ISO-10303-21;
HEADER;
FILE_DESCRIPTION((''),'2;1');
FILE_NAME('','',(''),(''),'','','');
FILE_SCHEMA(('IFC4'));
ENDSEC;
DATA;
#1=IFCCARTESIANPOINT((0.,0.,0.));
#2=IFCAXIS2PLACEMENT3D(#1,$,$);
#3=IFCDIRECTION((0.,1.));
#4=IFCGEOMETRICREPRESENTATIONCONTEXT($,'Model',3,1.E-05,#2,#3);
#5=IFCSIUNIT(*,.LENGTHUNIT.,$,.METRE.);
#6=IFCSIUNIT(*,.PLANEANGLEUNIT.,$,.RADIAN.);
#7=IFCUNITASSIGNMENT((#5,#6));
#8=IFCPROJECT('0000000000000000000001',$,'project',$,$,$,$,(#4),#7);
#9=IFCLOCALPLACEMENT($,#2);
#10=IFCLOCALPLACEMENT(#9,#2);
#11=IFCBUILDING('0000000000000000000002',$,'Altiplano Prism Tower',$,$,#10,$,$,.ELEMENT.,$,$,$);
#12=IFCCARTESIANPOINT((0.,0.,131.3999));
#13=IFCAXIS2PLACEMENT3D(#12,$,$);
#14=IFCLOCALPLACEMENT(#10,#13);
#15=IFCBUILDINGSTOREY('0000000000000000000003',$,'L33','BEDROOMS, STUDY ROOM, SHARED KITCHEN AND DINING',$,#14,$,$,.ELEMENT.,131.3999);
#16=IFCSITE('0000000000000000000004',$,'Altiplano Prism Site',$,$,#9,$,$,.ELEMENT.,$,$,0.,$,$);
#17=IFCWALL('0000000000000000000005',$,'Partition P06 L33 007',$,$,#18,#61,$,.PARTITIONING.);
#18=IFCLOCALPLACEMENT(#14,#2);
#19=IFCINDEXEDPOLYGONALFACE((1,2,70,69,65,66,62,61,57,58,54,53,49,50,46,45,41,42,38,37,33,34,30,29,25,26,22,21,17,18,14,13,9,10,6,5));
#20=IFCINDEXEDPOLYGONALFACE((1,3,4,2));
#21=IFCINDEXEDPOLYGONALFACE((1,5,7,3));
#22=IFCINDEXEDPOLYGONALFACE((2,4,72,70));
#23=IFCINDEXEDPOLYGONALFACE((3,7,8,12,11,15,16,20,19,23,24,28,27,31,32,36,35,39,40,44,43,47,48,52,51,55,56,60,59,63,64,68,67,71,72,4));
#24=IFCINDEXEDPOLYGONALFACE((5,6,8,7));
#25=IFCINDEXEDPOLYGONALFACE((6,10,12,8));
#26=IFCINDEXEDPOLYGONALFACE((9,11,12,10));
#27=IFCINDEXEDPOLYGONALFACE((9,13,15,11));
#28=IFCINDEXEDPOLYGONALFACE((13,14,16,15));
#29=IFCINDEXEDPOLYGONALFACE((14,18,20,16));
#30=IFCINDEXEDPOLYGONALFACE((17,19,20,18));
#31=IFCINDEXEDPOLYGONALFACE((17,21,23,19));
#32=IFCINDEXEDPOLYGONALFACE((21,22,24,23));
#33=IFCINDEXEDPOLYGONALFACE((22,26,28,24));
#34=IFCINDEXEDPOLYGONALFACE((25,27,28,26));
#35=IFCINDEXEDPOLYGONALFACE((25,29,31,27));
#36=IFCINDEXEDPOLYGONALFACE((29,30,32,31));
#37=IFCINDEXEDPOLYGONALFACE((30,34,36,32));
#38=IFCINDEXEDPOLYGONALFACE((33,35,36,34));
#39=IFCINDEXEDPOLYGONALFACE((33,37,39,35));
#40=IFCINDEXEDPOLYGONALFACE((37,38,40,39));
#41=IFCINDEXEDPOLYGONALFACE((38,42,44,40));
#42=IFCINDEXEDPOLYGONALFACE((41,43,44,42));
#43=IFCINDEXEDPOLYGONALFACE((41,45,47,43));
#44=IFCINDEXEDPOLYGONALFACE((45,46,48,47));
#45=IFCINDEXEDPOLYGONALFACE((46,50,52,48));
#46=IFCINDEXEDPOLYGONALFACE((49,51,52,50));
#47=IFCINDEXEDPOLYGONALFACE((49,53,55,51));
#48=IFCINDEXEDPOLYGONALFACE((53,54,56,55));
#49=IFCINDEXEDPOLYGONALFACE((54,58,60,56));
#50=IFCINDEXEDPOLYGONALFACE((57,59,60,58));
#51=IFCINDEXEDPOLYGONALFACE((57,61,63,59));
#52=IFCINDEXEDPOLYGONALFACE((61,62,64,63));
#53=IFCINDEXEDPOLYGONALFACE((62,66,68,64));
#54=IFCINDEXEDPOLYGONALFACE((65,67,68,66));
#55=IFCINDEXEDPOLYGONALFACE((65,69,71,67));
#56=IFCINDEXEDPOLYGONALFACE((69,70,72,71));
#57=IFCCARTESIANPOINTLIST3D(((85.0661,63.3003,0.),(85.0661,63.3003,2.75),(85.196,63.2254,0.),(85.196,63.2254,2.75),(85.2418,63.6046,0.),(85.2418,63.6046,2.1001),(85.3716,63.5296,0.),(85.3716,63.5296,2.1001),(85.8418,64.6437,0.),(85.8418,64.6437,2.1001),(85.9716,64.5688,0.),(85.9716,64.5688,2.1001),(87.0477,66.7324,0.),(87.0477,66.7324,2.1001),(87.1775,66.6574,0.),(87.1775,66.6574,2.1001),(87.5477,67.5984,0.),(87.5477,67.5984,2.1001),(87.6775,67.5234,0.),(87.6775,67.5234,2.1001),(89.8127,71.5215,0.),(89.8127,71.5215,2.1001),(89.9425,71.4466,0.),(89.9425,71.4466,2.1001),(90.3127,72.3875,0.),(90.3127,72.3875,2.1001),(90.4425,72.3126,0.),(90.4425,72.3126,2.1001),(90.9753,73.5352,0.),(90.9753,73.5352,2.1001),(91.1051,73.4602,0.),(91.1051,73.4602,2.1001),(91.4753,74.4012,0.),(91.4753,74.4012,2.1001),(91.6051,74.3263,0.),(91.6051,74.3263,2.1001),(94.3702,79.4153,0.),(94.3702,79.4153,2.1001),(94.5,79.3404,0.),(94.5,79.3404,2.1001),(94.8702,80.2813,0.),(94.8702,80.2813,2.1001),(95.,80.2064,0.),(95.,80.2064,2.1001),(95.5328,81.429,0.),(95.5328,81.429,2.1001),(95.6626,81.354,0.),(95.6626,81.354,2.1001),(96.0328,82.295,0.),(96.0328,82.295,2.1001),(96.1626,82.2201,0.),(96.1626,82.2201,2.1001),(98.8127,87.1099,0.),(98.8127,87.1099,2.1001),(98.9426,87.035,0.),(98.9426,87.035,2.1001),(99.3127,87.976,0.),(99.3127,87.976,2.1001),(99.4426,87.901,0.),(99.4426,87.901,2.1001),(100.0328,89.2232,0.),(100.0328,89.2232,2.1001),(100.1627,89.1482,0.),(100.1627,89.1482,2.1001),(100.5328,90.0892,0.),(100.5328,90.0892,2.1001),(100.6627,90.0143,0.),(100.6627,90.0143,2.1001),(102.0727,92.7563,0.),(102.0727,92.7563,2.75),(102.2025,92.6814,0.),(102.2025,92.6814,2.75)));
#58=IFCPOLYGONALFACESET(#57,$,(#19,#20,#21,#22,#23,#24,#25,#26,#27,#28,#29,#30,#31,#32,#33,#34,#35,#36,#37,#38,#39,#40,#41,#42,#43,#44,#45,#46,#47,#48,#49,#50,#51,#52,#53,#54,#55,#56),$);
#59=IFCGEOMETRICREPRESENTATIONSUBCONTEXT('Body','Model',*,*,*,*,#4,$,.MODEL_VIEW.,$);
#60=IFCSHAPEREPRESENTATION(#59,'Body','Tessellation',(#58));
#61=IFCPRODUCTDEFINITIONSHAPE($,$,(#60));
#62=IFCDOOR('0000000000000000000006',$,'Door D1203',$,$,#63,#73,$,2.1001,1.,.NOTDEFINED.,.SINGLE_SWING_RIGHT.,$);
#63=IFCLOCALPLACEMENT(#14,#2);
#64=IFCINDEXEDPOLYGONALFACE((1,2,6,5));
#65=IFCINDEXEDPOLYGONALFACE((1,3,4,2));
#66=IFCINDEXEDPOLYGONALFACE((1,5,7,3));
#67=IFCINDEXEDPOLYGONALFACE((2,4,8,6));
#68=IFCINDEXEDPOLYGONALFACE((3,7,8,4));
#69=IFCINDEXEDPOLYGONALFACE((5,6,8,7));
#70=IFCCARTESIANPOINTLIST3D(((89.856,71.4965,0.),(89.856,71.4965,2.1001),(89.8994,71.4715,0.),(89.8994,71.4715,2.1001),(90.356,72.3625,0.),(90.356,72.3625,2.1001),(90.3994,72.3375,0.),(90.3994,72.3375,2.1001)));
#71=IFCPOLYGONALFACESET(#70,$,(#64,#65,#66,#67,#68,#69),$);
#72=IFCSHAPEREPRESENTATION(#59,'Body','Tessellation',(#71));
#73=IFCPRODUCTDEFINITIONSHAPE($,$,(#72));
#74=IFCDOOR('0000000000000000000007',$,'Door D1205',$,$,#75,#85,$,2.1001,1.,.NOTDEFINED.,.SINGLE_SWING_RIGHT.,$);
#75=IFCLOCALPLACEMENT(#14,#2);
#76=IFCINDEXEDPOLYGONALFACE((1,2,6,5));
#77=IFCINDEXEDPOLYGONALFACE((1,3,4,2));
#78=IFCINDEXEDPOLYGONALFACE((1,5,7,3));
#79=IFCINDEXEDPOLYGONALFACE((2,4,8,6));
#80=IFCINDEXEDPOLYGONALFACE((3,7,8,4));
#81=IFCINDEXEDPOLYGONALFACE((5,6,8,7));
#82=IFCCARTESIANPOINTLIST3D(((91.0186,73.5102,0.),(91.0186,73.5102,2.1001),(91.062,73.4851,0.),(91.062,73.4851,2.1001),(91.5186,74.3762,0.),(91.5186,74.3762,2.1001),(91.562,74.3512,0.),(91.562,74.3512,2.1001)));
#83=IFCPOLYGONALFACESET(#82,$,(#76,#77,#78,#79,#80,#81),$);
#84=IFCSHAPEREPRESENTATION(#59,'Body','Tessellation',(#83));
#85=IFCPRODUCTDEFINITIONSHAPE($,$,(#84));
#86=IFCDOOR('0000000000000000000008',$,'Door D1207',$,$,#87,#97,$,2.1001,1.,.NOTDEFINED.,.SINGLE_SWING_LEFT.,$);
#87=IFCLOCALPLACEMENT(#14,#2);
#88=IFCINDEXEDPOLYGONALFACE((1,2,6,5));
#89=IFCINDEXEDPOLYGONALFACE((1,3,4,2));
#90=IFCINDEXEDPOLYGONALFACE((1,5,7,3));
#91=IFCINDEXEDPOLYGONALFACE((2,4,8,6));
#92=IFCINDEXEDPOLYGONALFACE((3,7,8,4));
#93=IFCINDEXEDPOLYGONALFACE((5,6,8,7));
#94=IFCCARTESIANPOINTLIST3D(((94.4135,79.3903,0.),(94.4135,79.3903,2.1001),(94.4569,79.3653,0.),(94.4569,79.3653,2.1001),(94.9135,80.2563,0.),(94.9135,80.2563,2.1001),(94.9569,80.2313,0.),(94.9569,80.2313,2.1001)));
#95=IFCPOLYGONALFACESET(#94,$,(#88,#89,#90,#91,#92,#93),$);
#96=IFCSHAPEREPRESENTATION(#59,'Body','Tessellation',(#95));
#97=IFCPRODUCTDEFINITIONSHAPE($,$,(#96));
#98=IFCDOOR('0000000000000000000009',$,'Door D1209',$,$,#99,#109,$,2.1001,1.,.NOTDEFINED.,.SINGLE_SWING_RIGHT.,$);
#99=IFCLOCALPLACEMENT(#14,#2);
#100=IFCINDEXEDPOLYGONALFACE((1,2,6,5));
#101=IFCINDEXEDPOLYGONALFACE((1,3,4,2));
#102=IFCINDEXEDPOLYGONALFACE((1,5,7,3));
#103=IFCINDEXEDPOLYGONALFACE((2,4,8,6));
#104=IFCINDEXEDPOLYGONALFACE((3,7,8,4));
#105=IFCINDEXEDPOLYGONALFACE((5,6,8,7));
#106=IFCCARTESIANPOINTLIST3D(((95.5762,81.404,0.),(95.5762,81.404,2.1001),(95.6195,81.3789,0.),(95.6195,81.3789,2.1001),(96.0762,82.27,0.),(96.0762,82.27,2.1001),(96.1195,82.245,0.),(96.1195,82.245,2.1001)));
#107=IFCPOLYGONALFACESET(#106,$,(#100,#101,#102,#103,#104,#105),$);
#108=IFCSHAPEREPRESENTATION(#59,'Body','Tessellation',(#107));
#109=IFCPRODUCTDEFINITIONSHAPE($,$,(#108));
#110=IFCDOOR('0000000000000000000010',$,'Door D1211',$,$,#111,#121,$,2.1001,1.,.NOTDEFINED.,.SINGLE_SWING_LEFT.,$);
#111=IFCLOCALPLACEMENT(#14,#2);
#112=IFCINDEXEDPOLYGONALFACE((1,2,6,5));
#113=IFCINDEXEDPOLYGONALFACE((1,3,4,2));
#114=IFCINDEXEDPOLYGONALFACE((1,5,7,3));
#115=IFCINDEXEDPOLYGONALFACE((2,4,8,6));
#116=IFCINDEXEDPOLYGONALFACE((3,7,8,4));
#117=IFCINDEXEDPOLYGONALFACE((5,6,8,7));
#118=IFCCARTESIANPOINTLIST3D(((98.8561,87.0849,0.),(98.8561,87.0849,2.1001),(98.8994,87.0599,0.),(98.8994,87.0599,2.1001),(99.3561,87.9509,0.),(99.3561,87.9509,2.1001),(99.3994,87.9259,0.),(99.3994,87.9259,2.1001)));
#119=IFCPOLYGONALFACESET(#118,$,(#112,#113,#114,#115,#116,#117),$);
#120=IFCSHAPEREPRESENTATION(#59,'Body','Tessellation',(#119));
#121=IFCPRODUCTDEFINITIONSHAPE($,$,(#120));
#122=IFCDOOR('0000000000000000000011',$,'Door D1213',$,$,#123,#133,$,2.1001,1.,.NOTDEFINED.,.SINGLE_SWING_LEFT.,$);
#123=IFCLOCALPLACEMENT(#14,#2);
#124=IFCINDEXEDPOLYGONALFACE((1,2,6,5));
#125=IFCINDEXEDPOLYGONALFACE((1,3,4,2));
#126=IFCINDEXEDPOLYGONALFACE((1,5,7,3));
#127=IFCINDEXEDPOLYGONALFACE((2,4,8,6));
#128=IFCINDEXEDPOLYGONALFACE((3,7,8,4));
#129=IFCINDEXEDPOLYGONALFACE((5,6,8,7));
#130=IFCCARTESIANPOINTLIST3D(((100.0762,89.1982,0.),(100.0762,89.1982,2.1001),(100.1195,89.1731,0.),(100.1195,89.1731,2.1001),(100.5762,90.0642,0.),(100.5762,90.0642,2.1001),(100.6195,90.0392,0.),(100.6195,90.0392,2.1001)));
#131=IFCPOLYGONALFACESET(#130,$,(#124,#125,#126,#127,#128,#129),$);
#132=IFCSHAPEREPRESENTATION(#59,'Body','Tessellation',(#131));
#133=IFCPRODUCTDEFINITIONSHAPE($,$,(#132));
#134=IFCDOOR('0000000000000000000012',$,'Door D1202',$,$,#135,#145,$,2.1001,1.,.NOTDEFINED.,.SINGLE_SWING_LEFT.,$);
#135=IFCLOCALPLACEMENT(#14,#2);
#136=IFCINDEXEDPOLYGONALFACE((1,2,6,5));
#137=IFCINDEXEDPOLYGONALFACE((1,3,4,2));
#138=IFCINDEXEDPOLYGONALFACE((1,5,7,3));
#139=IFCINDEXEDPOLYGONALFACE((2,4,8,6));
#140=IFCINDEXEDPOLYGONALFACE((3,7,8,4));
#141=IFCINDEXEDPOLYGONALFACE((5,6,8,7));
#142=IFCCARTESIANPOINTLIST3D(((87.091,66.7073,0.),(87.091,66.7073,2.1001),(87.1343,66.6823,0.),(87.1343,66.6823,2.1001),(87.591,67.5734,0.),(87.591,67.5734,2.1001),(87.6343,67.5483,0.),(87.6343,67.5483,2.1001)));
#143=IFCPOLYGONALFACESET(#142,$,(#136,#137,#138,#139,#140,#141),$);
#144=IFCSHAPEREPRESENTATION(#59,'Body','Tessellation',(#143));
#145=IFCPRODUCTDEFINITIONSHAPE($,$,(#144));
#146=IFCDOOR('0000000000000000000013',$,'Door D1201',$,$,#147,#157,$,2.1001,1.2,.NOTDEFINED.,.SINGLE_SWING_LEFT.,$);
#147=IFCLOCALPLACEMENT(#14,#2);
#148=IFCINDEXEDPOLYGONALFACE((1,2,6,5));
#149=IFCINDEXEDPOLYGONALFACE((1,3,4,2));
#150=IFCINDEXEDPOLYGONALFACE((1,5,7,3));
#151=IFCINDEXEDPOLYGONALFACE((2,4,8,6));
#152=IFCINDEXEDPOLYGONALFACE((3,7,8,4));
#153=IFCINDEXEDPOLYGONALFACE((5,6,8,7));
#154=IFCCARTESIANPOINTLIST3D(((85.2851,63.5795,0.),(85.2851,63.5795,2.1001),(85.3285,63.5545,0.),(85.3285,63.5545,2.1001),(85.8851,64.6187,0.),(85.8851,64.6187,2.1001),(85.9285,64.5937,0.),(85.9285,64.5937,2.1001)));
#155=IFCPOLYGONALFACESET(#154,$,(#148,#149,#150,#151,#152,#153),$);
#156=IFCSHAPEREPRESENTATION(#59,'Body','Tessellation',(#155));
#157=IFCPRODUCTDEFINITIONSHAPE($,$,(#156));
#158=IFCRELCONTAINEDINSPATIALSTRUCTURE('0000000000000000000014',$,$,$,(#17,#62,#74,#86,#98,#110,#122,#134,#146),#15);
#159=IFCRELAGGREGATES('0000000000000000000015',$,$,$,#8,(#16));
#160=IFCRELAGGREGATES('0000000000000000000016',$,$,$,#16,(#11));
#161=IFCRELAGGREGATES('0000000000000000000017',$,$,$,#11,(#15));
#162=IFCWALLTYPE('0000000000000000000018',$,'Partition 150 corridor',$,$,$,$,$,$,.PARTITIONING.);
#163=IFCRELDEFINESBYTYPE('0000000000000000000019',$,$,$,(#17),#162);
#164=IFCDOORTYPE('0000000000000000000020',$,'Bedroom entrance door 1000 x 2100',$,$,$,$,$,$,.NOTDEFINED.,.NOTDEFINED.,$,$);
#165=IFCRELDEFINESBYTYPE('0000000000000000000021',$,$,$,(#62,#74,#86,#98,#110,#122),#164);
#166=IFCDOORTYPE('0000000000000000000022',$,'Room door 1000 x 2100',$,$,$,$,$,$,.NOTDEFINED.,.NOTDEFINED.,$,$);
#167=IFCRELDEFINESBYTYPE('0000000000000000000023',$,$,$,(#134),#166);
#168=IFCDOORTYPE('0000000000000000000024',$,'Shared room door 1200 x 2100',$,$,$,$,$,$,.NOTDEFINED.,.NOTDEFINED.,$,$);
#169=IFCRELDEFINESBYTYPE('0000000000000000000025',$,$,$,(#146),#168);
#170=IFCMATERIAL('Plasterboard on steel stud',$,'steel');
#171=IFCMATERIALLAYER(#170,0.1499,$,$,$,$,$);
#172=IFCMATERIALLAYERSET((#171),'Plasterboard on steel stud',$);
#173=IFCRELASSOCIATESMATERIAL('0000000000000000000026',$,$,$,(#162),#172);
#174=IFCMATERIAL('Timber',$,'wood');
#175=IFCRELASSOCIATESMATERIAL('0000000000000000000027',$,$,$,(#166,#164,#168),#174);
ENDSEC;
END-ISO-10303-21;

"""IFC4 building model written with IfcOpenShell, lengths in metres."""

from ifc_helpers import new_model, si_unit, direction, frame, frame_2d, origin, place, context, subcontext, project, spatial, rectangle, extrude, material, layer, layer_set, type_object, element, fill, save


model = new_model("IFC4")

# Units and contexts
model_context = context("Model", 3, precision=1e-05, world=origin(), true_north=direction((0.0, 1.0)))
body_context = subcontext(model_context, "Body", "Model", "MODEL_VIEW")
ifc_project = project(units=[si_unit("LENGTHUNIT", "METRE"), si_unit("PLANEANGLEUNIT", "RADIAN")], contexts=[model_context])

# Site, building, storey
site_placement = place(None, origin())
site = spatial("IfcSite", under=ifc_project, at=site_placement, Name="Altiplano Prism Site", CompositionType="ELEMENT", RefElevation=0.0)
building_placement = place(site_placement, origin())
building = spatial("IfcBuilding", under=site, at=building_placement, Name="Altiplano Prism Tower", CompositionType="ELEMENT")
storey_placement = place(building_placement, frame((0.0, 0.0, 131.3999)))
storey = spatial("IfcBuildingStorey", under=building, at=storey_placement, Name="L33", Description="BEDROOMS, STUDY ROOM, SHARED KITCHEN AND DINING", CompositionType="ELEMENT", Elevation=131.3999)

# Shared definitions
ifc_material_1 = material(Name="Plasterboard on steel stud", Category="steel")
ifc_material_2 = material(Name="Timber", Category="wood")

# Wall, openings, doors
ifc_layer_1 = layer(ifc_material_1, 0.1499)
ifc_layer_set_1 = layer_set([ifc_layer_1], Name="Plasterboard on steel stud")
wall_type_1 = type_object("IfcWallType", Name="Partition 150 corridor", PredefinedType="PARTITIONING", material=ifc_layer_set_1)
door_type_1 = type_object("IfcDoorType", Name="Room door 1000 x 2100", OperationType="NOTDEFINED", PredefinedType="NOTDEFINED", material=ifc_material_2)
wall_1_placement = place(storey_placement, frame((85.1311, 63.2629, 0.0), z_axis=(0.0, 0.0, 1.0), x_axis=(0.500003, 0.866024, 0.0)))
wall_1 = element("IfcWall", 1, at=wall_1_placement, inside=storey, type_object=wall_type_1, Name="Partition P06 L33 007", PredefinedType="PARTITIONING", context=body_context, shape_type="SweptSolid", body=[
    extrude(rectangle(XDim=34.0129, YDim=0.1499, at=frame_2d((17.0063, 0.0))), origin(), (0.0, 0.0, 1.0), 2.75),
])
opening_1_placement = place(wall_1_placement, frame((0.3511, 0.0, 0.0)))
opening_1 = element("IfcOpeningElement", 2, at=opening_1_placement, cuts=wall_1, PredefinedType="OPENING", context=body_context, shape_type="SweptSolid", body=[
    extrude(rectangle(XDim=1.2, YDim=2.1001, at=frame_2d((0.6001, 1.05))), frame((0.0, 0.0854, 0.0), z_axis=(0.0, -1.0, 0.0), x_axis=(1.0, 0.0, 0.0)), (0.0, 0.0, 1.0), 0.1709),
])
opening_2_placement = place(wall_1_placement, frame((3.9629, 0.0, 0.0)))
opening_2 = element("IfcOpeningElement", 3, at=opening_2_placement, cuts=wall_1, PredefinedType="OPENING", context=body_context, shape_type="SweptSolid", body=[
    extrude(rectangle(XDim=1.0, YDim=2.1001, at=frame_2d((0.5, 1.05))), frame((0.0, 0.0854, 0.0), z_axis=(0.0, -1.0, 0.0), x_axis=(1.0, 0.0, 0.0)), (0.0, 0.0, 1.0), 0.1709),
])
opening_3_placement = place(wall_1_placement, frame((9.4929, 0.0, 0.0)))
opening_3 = element("IfcOpeningElement", 4, at=opening_3_placement, cuts=wall_1, PredefinedType="OPENING", context=body_context, shape_type="SweptSolid", body=[
    extrude(rectangle(XDim=1.0, YDim=2.1001, at=frame_2d((0.5, 1.05))), frame((0.0, 0.0854, 0.0), z_axis=(0.0, -1.0, 0.0), x_axis=(1.0, 0.0, 0.0)), (0.0, 0.0, 1.0), 0.1709),
])
opening_4_placement = place(wall_1_placement, frame((11.8181, 0.0, 0.0)))
opening_4 = element("IfcOpeningElement", 5, at=opening_4_placement, cuts=wall_1, PredefinedType="OPENING", context=body_context, shape_type="SweptSolid", body=[
    extrude(rectangle(XDim=1.0, YDim=2.1001, at=frame_2d((0.5, 1.05))), frame((0.0, 0.0854, 0.0), z_axis=(0.0, -1.0, 0.0), x_axis=(1.0, 0.0, 0.0)), (0.0, 0.0, 1.0), 0.1709),
])
opening_5_placement = place(wall_1_placement, frame((18.6079, 0.0, 0.0)))
opening_5 = element("IfcOpeningElement", 6, at=opening_5_placement, cuts=wall_1, PredefinedType="OPENING", context=body_context, shape_type="SweptSolid", body=[
    extrude(rectangle(XDim=1.0, YDim=2.1001, at=frame_2d((0.5, 1.05))), frame((0.0, 0.0854, 0.0), z_axis=(0.0, -1.0, 0.0), x_axis=(1.0, 0.0, 0.0)), (0.0, 0.0, 1.0), 0.1709),
])
opening_6_placement = place(wall_1_placement, frame((20.9331, 0.0, 0.0)))
opening_6 = element("IfcOpeningElement", 7, at=opening_6_placement, cuts=wall_1, PredefinedType="OPENING", context=body_context, shape_type="SweptSolid", body=[
    extrude(rectangle(XDim=1.0, YDim=2.1001, at=frame_2d((0.5, 1.05))), frame((0.0, 0.0854, 0.0), z_axis=(0.0, -1.0, 0.0), x_axis=(1.0, 0.0, 0.0)), (0.0, 0.0, 1.0), 0.1709),
])
opening_7_placement = place(wall_1_placement, frame((27.4929, 0.0, 0.0)))
opening_7 = element("IfcOpeningElement", 8, at=opening_7_placement, cuts=wall_1, PredefinedType="OPENING", context=body_context, shape_type="SweptSolid", body=[
    extrude(rectangle(XDim=1.0, YDim=2.1001, at=frame_2d((0.5, 1.05))), frame((0.0, 0.0854, 0.0), z_axis=(0.0, -1.0, 0.0), x_axis=(1.0, 0.0, 0.0)), (0.0, 0.0, 1.0), 0.1709),
])
opening_8_placement = place(wall_1_placement, frame((29.9331, 0.0, 0.0)))
opening_8 = element("IfcOpeningElement", 9, at=opening_8_placement, cuts=wall_1, PredefinedType="OPENING", context=body_context, shape_type="SweptSolid", body=[
    extrude(rectangle(XDim=1.0, YDim=2.1001, at=frame_2d((0.5, 1.05))), frame((0.0, 0.0854, 0.0), z_axis=(0.0, -1.0, 0.0), x_axis=(1.0, 0.0, 0.0)), (0.0, 0.0, 1.0), 0.1709),
])
door_type_2 = type_object("IfcDoorType", Name="Bedroom entrance door 1000 x 2100", OperationType="NOTDEFINED", PredefinedType="NOTDEFINED", material=ifc_material_2)
door_1_placement = place(opening_3_placement, origin())
door_1 = element("IfcDoor", 10, at=door_1_placement, inside=storey, type_object=door_type_2, Name="Door D1203", OperationType="SINGLE_SWING_RIGHT", OverallHeight=2.1001, OverallWidth=1.0, PredefinedType="NOTDEFINED", context=body_context, shape_type="SweptSolid", body=[
    extrude(rectangle(XDim=1.0, YDim=2.1001, at=frame_2d((0.5, 1.05))), frame((0.0, 0.0249, 0.0), z_axis=(0.0, -1.0, 0.0), x_axis=(1.0, 0.0, 0.0)), (0.0, 0.0, 1.0), 0.05),
])
fill(opening_3, door_1)
door_2_placement = place(opening_4_placement, origin())
door_2 = element("IfcDoor", 11, at=door_2_placement, inside=storey, type_object=door_type_2, Name="Door D1205", OperationType="SINGLE_SWING_RIGHT", OverallHeight=2.1001, OverallWidth=1.0, PredefinedType="NOTDEFINED", context=body_context, shape_type="SweptSolid", body=[
    extrude(rectangle(XDim=1.0, YDim=2.1001, at=frame_2d((0.5, 1.05))), frame((0.0, 0.0249, 0.0), z_axis=(0.0, -1.0, 0.0), x_axis=(1.0, 0.0, 0.0)), (0.0, 0.0, 1.0), 0.05),
])
fill(opening_4, door_2)
door_3_placement = place(opening_5_placement, origin())
door_3 = element("IfcDoor", 12, at=door_3_placement, inside=storey, type_object=door_type_2, Name="Door D1207", OperationType="SINGLE_SWING_LEFT", OverallHeight=2.1001, OverallWidth=1.0, PredefinedType="NOTDEFINED", context=body_context, shape_type="SweptSolid", body=[
    extrude(rectangle(XDim=1.0, YDim=2.1001, at=frame_2d((0.5, 1.05))), frame((0.0, 0.0249, 0.0), z_axis=(0.0, -1.0, 0.0), x_axis=(1.0, 0.0, 0.0)), (0.0, 0.0, 1.0), 0.05),
])
fill(opening_5, door_3)
door_4_placement = place(opening_6_placement, origin())
door_4 = element("IfcDoor", 13, at=door_4_placement, inside=storey, type_object=door_type_2, Name="Door D1209", OperationType="SINGLE_SWING_RIGHT", OverallHeight=2.1001, OverallWidth=1.0, PredefinedType="NOTDEFINED", context=body_context, shape_type="SweptSolid", body=[
    extrude(rectangle(XDim=1.0, YDim=2.1001, at=frame_2d((0.5, 1.05))), frame((0.0, 0.0249, 0.0), z_axis=(0.0, -1.0, 0.0), x_axis=(1.0, 0.0, 0.0)), (0.0, 0.0, 1.0), 0.05),
])
fill(opening_6, door_4)
door_5_placement = place(opening_7_placement, origin())
door_5 = element("IfcDoor", 14, at=door_5_placement, inside=storey, type_object=door_type_2, Name="Door D1211", OperationType="SINGLE_SWING_LEFT", OverallHeight=2.1001, OverallWidth=1.0, PredefinedType="NOTDEFINED", context=body_context, shape_type="SweptSolid", body=[
    extrude(rectangle(XDim=1.0, YDim=2.1001, at=frame_2d((0.5, 1.05))), frame((0.0, 0.0249, 0.0), z_axis=(0.0, -1.0, 0.0), x_axis=(1.0, 0.0, 0.0)), (0.0, 0.0, 1.0), 0.05),
])
fill(opening_7, door_5)
door_6_placement = place(opening_8_placement, origin())
door_6 = element("IfcDoor", 15, at=door_6_placement, inside=storey, type_object=door_type_2, Name="Door D1213", OperationType="SINGLE_SWING_LEFT", OverallHeight=2.1001, OverallWidth=1.0, PredefinedType="NOTDEFINED", context=body_context, shape_type="SweptSolid", body=[
    extrude(rectangle(XDim=1.0, YDim=2.1001, at=frame_2d((0.5, 1.05))), frame((0.0, 0.0249, 0.0), z_axis=(0.0, -1.0, 0.0), x_axis=(1.0, 0.0, 0.0)), (0.0, 0.0, 1.0), 0.05),
])
fill(opening_8, door_6)
door_7_placement = place(opening_2_placement, origin())
door_7 = element("IfcDoor", 16, at=door_7_placement, inside=storey, type_object=door_type_1, Name="Door D1202", OperationType="SINGLE_SWING_LEFT", OverallHeight=2.1001, OverallWidth=1.0, PredefinedType="NOTDEFINED", context=body_context, shape_type="SweptSolid", body=[
    extrude(rectangle(XDim=1.0, YDim=2.1001, at=frame_2d((0.5, 1.05))), frame((0.0, 0.0249, 0.0), z_axis=(0.0, -1.0, 0.0), x_axis=(1.0, 0.0, 0.0)), (0.0, 0.0, 1.0), 0.05),
])
fill(opening_2, door_7)
door_type_3 = type_object("IfcDoorType", Name="Shared room door 1200 x 2100", OperationType="NOTDEFINED", PredefinedType="NOTDEFINED", material=ifc_material_2)
door_8_placement = place(opening_1_placement, origin())
door_8 = element("IfcDoor", 17, at=door_8_placement, inside=storey, type_object=door_type_3, Name="Door D1201", OperationType="SINGLE_SWING_LEFT", OverallHeight=2.1001, OverallWidth=1.2, PredefinedType="NOTDEFINED", context=body_context, shape_type="SweptSolid", body=[
    extrude(rectangle(XDim=1.2, YDim=2.1001, at=frame_2d((0.6001, 1.05))), frame((0.0, 0.0249, 0.0), z_axis=(0.0, -1.0, 0.0), x_axis=(1.0, 0.0, 0.0)), (0.0, 0.0, 1.0), 0.05),
])
fill(opening_1, door_8)

save(model, "model.ifc")
